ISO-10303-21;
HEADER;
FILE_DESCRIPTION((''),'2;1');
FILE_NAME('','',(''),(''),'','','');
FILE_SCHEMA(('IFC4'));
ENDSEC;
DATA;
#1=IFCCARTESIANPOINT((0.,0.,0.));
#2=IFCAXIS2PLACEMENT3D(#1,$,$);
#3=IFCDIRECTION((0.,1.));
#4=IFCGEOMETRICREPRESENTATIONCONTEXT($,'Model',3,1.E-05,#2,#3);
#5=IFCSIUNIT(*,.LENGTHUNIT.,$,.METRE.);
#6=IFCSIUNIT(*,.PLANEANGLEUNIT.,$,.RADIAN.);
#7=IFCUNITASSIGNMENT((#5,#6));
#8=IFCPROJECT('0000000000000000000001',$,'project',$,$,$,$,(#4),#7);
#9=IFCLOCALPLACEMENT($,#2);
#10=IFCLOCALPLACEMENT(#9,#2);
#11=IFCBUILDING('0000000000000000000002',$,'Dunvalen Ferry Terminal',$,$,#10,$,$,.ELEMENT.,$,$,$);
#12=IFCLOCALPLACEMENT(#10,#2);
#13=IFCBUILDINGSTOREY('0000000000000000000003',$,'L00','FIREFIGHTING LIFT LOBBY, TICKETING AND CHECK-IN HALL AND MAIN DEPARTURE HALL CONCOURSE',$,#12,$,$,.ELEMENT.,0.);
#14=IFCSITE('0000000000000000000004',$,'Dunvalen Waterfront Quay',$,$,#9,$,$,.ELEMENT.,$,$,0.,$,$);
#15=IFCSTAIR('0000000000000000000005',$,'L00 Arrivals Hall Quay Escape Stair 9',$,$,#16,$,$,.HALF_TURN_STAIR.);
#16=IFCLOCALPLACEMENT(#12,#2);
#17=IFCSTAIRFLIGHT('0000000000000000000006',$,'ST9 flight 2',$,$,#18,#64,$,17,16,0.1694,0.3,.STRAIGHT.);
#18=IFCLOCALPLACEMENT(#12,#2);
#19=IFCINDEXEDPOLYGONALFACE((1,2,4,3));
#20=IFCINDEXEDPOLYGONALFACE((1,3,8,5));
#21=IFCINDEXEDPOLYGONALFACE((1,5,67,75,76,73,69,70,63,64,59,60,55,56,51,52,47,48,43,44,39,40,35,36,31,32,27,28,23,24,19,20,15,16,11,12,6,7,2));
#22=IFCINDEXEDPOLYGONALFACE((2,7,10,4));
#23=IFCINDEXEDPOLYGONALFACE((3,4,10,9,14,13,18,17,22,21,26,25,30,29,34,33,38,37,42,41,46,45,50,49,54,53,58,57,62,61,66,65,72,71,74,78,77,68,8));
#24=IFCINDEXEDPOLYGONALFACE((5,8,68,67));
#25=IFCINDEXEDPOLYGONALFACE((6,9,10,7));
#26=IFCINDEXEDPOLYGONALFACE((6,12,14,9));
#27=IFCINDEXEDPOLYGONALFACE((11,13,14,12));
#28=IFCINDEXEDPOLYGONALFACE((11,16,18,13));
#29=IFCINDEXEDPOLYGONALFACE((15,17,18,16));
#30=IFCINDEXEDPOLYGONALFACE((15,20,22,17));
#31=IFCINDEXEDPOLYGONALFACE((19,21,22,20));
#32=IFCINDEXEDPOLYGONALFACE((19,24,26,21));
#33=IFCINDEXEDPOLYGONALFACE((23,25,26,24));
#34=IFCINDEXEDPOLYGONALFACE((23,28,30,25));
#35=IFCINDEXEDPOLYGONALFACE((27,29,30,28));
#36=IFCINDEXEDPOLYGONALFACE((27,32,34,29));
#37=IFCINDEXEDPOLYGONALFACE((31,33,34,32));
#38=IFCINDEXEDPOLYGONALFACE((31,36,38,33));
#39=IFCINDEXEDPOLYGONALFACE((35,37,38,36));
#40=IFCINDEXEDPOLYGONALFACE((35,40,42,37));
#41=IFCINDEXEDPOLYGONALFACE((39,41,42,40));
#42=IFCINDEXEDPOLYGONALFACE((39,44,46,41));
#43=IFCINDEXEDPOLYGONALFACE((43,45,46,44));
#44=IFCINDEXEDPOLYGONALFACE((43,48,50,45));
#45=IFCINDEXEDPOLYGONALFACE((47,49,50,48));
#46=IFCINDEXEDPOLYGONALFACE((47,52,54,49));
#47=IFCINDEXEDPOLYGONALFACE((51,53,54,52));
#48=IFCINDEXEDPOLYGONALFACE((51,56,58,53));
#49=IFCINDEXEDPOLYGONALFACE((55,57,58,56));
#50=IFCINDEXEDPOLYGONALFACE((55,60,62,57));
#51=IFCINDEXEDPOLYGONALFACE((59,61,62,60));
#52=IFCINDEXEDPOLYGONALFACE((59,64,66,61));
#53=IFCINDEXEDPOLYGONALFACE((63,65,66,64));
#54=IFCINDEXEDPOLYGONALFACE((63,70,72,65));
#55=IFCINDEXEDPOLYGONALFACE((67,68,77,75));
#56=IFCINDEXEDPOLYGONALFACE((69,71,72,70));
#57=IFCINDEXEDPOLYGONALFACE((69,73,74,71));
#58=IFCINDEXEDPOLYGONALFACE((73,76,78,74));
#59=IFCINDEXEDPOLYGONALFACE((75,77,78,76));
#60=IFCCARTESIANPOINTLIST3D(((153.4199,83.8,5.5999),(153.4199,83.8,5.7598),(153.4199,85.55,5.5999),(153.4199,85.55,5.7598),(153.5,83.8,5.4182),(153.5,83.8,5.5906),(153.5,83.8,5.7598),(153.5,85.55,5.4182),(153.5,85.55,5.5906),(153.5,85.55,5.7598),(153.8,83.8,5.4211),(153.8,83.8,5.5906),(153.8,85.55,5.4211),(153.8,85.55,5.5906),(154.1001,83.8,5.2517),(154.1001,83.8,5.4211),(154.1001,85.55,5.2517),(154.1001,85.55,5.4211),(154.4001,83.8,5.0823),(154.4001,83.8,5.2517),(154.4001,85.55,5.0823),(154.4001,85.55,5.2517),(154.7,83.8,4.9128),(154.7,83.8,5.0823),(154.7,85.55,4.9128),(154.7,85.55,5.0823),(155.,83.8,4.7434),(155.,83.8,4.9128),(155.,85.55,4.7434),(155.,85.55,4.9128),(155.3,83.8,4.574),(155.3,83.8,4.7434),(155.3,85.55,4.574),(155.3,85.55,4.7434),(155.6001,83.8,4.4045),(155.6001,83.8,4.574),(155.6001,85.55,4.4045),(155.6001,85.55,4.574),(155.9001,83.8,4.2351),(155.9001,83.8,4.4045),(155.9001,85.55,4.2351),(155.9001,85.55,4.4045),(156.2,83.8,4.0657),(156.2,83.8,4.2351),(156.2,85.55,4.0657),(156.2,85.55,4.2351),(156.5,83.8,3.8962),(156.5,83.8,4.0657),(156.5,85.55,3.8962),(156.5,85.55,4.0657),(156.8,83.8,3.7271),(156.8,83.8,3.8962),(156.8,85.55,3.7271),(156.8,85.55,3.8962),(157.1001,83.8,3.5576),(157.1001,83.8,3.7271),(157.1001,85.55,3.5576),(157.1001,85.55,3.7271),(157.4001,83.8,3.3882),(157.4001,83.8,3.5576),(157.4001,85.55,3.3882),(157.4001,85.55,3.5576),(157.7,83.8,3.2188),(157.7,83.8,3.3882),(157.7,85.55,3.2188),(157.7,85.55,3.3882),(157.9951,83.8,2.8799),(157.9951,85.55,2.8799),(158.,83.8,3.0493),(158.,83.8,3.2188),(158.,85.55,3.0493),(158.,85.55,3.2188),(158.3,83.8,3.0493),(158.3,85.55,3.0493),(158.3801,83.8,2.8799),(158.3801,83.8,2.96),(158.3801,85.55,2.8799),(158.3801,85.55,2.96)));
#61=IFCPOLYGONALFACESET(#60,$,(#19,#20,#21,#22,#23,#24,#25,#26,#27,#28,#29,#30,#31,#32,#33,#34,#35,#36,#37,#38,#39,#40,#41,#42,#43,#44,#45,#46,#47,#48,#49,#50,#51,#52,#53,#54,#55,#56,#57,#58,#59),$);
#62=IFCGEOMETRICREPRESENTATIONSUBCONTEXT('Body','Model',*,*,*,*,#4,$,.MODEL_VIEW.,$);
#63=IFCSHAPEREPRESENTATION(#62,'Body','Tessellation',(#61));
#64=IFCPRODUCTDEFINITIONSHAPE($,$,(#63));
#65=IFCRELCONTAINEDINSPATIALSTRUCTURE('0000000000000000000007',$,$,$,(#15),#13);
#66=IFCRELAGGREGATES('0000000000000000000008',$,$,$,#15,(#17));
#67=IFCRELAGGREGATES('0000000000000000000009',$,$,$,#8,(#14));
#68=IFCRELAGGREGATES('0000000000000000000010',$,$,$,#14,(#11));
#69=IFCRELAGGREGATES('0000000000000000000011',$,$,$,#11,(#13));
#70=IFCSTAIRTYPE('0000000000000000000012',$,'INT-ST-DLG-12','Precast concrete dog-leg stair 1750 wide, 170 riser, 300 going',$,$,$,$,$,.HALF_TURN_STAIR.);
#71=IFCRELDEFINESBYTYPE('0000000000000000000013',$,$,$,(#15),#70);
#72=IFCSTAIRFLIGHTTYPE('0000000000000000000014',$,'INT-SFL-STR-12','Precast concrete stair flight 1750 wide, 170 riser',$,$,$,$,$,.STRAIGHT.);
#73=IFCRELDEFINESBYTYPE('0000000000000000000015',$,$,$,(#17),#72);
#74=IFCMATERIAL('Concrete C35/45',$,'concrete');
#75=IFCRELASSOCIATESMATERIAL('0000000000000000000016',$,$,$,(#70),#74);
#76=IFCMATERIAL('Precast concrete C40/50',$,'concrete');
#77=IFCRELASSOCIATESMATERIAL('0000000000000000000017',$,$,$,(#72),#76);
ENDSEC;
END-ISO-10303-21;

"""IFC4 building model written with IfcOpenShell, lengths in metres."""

from ifc_helpers import new_model, si_unit, direction, frame, origin, place, context, subcontext, project, spatial, polyline, outline, extrude, material, type_object, element, aggregate, save


model = new_model("IFC4")

# Units and contexts
model_context = context("Model", 3, precision=1e-05, world=origin(), true_north=direction((0.0, 1.0)))
body_context = subcontext(model_context, "Body", "Model", "MODEL_VIEW")
ifc_project = project(units=[si_unit("LENGTHUNIT", "METRE"), si_unit("PLANEANGLEUNIT", "RADIAN")], contexts=[model_context])

# Site, building, storey
site_placement = place(None, origin())
site = spatial("IfcSite", under=ifc_project, at=site_placement, Name="Dunvalen Waterfront Quay", CompositionType="ELEMENT", RefElevation=0.0)
building_placement = place(site_placement, origin())
building = spatial("IfcBuilding", under=site, at=building_placement, Name="Dunvalen Ferry Terminal", CompositionType="ELEMENT")
storey_placement = place(building_placement, origin())
storey = spatial("IfcBuildingStorey", under=building, at=storey_placement, Name="L00", Description="FIREFIGHTING LIFT LOBBY, TICKETING AND CHECK-IN HALL AND MAIN DEPARTURE HALL CONCOURSE", CompositionType="ELEMENT", Elevation=0.0)

# Stair, stair flight
ifc_material_1 = material(Name="Concrete C35/45", Category="concrete")
stair_type = type_object("IfcStairType", Name="INT-ST-DLG-12", Description="Precast concrete dog-leg stair 1750 wide, 170 riser, 300 going", PredefinedType="HALF_TURN_STAIR", material=ifc_material_1)
stair_placement = place(storey_placement, origin())
stair = element("IfcStair", 1, at=stair_placement, inside=storey, type_object=stair_type, Name="L00 Arrivals Hall Quay Escape Stair 9", PredefinedType="HALF_TURN_STAIR")
ifc_material_2 = material(Name="Precast concrete C40/50", Category="concrete")
stair_flight_type = type_object("IfcStairFlightType", Name="INT-SFL-STR-12", Description="Precast concrete stair flight 1750 wide, 170 riser", PredefinedType="STRAIGHT", material=ifc_material_2)
stair_flight_placement = place(storey_placement, frame((158.3, 84.675, 2.8799), z_axis=(0.0, 0.0, 1.0), x_axis=(-1.0, 0.0, 0.0)))
stair_flight = element("IfcStairFlight", 2, at=stair_flight_placement, type_object=stair_flight_type, Name="ST9 flight 2", NumberOfRisers=17, NumberOfTreads=16, PredefinedType="STRAIGHT", RiserHeight=0.1694, TreadLength=0.3, context=body_context, shape_type="SweptSolid", body=[
    extrude(outline(polyline([(-0.0801, 0.0), (-0.0801, 0.0801), (0.0, 0.1694), (0.3, 0.1694), (0.3, 0.3389), (0.6001, 0.3389), (0.6001, 0.5083), (0.8999, 0.5083), (0.8999, 0.6777), (1.2, 0.6777), (1.2, 0.8472), (1.5, 0.8472), (1.5, 1.0164), (1.8, 1.0164), (1.8, 1.1858), (2.1001, 1.1858), (2.1001, 1.3552), (2.3999, 1.3552), (2.3999, 1.5247), (2.7, 1.5247), (2.7, 1.6941), (3.0, 1.6941), (3.0, 1.8635), (3.3, 1.8635), (3.3, 2.033), (3.6001, 2.033), (3.6001, 2.2024), (3.8999, 2.2024), (3.8999, 2.3718), (4.2, 2.3718), (4.2, 2.5413), (4.5, 2.5413), (4.5, 2.7107), (4.8, 2.7107), (4.8, 2.8799), (4.8801, 2.8799), (4.8801, 2.72), (4.8, 2.5383), (0.3049, 0.0), (-0.0801, 0.0)])), frame((0.0, 0.875, 0.0), z_axis=(0.0, -1.0, 0.0), x_axis=(1.0, 0.0, 0.0)), (0.0, 0.0, 1.0), 1.75),
])
aggregate(stair, [stair_flight])

save(model, "model.ifc")
